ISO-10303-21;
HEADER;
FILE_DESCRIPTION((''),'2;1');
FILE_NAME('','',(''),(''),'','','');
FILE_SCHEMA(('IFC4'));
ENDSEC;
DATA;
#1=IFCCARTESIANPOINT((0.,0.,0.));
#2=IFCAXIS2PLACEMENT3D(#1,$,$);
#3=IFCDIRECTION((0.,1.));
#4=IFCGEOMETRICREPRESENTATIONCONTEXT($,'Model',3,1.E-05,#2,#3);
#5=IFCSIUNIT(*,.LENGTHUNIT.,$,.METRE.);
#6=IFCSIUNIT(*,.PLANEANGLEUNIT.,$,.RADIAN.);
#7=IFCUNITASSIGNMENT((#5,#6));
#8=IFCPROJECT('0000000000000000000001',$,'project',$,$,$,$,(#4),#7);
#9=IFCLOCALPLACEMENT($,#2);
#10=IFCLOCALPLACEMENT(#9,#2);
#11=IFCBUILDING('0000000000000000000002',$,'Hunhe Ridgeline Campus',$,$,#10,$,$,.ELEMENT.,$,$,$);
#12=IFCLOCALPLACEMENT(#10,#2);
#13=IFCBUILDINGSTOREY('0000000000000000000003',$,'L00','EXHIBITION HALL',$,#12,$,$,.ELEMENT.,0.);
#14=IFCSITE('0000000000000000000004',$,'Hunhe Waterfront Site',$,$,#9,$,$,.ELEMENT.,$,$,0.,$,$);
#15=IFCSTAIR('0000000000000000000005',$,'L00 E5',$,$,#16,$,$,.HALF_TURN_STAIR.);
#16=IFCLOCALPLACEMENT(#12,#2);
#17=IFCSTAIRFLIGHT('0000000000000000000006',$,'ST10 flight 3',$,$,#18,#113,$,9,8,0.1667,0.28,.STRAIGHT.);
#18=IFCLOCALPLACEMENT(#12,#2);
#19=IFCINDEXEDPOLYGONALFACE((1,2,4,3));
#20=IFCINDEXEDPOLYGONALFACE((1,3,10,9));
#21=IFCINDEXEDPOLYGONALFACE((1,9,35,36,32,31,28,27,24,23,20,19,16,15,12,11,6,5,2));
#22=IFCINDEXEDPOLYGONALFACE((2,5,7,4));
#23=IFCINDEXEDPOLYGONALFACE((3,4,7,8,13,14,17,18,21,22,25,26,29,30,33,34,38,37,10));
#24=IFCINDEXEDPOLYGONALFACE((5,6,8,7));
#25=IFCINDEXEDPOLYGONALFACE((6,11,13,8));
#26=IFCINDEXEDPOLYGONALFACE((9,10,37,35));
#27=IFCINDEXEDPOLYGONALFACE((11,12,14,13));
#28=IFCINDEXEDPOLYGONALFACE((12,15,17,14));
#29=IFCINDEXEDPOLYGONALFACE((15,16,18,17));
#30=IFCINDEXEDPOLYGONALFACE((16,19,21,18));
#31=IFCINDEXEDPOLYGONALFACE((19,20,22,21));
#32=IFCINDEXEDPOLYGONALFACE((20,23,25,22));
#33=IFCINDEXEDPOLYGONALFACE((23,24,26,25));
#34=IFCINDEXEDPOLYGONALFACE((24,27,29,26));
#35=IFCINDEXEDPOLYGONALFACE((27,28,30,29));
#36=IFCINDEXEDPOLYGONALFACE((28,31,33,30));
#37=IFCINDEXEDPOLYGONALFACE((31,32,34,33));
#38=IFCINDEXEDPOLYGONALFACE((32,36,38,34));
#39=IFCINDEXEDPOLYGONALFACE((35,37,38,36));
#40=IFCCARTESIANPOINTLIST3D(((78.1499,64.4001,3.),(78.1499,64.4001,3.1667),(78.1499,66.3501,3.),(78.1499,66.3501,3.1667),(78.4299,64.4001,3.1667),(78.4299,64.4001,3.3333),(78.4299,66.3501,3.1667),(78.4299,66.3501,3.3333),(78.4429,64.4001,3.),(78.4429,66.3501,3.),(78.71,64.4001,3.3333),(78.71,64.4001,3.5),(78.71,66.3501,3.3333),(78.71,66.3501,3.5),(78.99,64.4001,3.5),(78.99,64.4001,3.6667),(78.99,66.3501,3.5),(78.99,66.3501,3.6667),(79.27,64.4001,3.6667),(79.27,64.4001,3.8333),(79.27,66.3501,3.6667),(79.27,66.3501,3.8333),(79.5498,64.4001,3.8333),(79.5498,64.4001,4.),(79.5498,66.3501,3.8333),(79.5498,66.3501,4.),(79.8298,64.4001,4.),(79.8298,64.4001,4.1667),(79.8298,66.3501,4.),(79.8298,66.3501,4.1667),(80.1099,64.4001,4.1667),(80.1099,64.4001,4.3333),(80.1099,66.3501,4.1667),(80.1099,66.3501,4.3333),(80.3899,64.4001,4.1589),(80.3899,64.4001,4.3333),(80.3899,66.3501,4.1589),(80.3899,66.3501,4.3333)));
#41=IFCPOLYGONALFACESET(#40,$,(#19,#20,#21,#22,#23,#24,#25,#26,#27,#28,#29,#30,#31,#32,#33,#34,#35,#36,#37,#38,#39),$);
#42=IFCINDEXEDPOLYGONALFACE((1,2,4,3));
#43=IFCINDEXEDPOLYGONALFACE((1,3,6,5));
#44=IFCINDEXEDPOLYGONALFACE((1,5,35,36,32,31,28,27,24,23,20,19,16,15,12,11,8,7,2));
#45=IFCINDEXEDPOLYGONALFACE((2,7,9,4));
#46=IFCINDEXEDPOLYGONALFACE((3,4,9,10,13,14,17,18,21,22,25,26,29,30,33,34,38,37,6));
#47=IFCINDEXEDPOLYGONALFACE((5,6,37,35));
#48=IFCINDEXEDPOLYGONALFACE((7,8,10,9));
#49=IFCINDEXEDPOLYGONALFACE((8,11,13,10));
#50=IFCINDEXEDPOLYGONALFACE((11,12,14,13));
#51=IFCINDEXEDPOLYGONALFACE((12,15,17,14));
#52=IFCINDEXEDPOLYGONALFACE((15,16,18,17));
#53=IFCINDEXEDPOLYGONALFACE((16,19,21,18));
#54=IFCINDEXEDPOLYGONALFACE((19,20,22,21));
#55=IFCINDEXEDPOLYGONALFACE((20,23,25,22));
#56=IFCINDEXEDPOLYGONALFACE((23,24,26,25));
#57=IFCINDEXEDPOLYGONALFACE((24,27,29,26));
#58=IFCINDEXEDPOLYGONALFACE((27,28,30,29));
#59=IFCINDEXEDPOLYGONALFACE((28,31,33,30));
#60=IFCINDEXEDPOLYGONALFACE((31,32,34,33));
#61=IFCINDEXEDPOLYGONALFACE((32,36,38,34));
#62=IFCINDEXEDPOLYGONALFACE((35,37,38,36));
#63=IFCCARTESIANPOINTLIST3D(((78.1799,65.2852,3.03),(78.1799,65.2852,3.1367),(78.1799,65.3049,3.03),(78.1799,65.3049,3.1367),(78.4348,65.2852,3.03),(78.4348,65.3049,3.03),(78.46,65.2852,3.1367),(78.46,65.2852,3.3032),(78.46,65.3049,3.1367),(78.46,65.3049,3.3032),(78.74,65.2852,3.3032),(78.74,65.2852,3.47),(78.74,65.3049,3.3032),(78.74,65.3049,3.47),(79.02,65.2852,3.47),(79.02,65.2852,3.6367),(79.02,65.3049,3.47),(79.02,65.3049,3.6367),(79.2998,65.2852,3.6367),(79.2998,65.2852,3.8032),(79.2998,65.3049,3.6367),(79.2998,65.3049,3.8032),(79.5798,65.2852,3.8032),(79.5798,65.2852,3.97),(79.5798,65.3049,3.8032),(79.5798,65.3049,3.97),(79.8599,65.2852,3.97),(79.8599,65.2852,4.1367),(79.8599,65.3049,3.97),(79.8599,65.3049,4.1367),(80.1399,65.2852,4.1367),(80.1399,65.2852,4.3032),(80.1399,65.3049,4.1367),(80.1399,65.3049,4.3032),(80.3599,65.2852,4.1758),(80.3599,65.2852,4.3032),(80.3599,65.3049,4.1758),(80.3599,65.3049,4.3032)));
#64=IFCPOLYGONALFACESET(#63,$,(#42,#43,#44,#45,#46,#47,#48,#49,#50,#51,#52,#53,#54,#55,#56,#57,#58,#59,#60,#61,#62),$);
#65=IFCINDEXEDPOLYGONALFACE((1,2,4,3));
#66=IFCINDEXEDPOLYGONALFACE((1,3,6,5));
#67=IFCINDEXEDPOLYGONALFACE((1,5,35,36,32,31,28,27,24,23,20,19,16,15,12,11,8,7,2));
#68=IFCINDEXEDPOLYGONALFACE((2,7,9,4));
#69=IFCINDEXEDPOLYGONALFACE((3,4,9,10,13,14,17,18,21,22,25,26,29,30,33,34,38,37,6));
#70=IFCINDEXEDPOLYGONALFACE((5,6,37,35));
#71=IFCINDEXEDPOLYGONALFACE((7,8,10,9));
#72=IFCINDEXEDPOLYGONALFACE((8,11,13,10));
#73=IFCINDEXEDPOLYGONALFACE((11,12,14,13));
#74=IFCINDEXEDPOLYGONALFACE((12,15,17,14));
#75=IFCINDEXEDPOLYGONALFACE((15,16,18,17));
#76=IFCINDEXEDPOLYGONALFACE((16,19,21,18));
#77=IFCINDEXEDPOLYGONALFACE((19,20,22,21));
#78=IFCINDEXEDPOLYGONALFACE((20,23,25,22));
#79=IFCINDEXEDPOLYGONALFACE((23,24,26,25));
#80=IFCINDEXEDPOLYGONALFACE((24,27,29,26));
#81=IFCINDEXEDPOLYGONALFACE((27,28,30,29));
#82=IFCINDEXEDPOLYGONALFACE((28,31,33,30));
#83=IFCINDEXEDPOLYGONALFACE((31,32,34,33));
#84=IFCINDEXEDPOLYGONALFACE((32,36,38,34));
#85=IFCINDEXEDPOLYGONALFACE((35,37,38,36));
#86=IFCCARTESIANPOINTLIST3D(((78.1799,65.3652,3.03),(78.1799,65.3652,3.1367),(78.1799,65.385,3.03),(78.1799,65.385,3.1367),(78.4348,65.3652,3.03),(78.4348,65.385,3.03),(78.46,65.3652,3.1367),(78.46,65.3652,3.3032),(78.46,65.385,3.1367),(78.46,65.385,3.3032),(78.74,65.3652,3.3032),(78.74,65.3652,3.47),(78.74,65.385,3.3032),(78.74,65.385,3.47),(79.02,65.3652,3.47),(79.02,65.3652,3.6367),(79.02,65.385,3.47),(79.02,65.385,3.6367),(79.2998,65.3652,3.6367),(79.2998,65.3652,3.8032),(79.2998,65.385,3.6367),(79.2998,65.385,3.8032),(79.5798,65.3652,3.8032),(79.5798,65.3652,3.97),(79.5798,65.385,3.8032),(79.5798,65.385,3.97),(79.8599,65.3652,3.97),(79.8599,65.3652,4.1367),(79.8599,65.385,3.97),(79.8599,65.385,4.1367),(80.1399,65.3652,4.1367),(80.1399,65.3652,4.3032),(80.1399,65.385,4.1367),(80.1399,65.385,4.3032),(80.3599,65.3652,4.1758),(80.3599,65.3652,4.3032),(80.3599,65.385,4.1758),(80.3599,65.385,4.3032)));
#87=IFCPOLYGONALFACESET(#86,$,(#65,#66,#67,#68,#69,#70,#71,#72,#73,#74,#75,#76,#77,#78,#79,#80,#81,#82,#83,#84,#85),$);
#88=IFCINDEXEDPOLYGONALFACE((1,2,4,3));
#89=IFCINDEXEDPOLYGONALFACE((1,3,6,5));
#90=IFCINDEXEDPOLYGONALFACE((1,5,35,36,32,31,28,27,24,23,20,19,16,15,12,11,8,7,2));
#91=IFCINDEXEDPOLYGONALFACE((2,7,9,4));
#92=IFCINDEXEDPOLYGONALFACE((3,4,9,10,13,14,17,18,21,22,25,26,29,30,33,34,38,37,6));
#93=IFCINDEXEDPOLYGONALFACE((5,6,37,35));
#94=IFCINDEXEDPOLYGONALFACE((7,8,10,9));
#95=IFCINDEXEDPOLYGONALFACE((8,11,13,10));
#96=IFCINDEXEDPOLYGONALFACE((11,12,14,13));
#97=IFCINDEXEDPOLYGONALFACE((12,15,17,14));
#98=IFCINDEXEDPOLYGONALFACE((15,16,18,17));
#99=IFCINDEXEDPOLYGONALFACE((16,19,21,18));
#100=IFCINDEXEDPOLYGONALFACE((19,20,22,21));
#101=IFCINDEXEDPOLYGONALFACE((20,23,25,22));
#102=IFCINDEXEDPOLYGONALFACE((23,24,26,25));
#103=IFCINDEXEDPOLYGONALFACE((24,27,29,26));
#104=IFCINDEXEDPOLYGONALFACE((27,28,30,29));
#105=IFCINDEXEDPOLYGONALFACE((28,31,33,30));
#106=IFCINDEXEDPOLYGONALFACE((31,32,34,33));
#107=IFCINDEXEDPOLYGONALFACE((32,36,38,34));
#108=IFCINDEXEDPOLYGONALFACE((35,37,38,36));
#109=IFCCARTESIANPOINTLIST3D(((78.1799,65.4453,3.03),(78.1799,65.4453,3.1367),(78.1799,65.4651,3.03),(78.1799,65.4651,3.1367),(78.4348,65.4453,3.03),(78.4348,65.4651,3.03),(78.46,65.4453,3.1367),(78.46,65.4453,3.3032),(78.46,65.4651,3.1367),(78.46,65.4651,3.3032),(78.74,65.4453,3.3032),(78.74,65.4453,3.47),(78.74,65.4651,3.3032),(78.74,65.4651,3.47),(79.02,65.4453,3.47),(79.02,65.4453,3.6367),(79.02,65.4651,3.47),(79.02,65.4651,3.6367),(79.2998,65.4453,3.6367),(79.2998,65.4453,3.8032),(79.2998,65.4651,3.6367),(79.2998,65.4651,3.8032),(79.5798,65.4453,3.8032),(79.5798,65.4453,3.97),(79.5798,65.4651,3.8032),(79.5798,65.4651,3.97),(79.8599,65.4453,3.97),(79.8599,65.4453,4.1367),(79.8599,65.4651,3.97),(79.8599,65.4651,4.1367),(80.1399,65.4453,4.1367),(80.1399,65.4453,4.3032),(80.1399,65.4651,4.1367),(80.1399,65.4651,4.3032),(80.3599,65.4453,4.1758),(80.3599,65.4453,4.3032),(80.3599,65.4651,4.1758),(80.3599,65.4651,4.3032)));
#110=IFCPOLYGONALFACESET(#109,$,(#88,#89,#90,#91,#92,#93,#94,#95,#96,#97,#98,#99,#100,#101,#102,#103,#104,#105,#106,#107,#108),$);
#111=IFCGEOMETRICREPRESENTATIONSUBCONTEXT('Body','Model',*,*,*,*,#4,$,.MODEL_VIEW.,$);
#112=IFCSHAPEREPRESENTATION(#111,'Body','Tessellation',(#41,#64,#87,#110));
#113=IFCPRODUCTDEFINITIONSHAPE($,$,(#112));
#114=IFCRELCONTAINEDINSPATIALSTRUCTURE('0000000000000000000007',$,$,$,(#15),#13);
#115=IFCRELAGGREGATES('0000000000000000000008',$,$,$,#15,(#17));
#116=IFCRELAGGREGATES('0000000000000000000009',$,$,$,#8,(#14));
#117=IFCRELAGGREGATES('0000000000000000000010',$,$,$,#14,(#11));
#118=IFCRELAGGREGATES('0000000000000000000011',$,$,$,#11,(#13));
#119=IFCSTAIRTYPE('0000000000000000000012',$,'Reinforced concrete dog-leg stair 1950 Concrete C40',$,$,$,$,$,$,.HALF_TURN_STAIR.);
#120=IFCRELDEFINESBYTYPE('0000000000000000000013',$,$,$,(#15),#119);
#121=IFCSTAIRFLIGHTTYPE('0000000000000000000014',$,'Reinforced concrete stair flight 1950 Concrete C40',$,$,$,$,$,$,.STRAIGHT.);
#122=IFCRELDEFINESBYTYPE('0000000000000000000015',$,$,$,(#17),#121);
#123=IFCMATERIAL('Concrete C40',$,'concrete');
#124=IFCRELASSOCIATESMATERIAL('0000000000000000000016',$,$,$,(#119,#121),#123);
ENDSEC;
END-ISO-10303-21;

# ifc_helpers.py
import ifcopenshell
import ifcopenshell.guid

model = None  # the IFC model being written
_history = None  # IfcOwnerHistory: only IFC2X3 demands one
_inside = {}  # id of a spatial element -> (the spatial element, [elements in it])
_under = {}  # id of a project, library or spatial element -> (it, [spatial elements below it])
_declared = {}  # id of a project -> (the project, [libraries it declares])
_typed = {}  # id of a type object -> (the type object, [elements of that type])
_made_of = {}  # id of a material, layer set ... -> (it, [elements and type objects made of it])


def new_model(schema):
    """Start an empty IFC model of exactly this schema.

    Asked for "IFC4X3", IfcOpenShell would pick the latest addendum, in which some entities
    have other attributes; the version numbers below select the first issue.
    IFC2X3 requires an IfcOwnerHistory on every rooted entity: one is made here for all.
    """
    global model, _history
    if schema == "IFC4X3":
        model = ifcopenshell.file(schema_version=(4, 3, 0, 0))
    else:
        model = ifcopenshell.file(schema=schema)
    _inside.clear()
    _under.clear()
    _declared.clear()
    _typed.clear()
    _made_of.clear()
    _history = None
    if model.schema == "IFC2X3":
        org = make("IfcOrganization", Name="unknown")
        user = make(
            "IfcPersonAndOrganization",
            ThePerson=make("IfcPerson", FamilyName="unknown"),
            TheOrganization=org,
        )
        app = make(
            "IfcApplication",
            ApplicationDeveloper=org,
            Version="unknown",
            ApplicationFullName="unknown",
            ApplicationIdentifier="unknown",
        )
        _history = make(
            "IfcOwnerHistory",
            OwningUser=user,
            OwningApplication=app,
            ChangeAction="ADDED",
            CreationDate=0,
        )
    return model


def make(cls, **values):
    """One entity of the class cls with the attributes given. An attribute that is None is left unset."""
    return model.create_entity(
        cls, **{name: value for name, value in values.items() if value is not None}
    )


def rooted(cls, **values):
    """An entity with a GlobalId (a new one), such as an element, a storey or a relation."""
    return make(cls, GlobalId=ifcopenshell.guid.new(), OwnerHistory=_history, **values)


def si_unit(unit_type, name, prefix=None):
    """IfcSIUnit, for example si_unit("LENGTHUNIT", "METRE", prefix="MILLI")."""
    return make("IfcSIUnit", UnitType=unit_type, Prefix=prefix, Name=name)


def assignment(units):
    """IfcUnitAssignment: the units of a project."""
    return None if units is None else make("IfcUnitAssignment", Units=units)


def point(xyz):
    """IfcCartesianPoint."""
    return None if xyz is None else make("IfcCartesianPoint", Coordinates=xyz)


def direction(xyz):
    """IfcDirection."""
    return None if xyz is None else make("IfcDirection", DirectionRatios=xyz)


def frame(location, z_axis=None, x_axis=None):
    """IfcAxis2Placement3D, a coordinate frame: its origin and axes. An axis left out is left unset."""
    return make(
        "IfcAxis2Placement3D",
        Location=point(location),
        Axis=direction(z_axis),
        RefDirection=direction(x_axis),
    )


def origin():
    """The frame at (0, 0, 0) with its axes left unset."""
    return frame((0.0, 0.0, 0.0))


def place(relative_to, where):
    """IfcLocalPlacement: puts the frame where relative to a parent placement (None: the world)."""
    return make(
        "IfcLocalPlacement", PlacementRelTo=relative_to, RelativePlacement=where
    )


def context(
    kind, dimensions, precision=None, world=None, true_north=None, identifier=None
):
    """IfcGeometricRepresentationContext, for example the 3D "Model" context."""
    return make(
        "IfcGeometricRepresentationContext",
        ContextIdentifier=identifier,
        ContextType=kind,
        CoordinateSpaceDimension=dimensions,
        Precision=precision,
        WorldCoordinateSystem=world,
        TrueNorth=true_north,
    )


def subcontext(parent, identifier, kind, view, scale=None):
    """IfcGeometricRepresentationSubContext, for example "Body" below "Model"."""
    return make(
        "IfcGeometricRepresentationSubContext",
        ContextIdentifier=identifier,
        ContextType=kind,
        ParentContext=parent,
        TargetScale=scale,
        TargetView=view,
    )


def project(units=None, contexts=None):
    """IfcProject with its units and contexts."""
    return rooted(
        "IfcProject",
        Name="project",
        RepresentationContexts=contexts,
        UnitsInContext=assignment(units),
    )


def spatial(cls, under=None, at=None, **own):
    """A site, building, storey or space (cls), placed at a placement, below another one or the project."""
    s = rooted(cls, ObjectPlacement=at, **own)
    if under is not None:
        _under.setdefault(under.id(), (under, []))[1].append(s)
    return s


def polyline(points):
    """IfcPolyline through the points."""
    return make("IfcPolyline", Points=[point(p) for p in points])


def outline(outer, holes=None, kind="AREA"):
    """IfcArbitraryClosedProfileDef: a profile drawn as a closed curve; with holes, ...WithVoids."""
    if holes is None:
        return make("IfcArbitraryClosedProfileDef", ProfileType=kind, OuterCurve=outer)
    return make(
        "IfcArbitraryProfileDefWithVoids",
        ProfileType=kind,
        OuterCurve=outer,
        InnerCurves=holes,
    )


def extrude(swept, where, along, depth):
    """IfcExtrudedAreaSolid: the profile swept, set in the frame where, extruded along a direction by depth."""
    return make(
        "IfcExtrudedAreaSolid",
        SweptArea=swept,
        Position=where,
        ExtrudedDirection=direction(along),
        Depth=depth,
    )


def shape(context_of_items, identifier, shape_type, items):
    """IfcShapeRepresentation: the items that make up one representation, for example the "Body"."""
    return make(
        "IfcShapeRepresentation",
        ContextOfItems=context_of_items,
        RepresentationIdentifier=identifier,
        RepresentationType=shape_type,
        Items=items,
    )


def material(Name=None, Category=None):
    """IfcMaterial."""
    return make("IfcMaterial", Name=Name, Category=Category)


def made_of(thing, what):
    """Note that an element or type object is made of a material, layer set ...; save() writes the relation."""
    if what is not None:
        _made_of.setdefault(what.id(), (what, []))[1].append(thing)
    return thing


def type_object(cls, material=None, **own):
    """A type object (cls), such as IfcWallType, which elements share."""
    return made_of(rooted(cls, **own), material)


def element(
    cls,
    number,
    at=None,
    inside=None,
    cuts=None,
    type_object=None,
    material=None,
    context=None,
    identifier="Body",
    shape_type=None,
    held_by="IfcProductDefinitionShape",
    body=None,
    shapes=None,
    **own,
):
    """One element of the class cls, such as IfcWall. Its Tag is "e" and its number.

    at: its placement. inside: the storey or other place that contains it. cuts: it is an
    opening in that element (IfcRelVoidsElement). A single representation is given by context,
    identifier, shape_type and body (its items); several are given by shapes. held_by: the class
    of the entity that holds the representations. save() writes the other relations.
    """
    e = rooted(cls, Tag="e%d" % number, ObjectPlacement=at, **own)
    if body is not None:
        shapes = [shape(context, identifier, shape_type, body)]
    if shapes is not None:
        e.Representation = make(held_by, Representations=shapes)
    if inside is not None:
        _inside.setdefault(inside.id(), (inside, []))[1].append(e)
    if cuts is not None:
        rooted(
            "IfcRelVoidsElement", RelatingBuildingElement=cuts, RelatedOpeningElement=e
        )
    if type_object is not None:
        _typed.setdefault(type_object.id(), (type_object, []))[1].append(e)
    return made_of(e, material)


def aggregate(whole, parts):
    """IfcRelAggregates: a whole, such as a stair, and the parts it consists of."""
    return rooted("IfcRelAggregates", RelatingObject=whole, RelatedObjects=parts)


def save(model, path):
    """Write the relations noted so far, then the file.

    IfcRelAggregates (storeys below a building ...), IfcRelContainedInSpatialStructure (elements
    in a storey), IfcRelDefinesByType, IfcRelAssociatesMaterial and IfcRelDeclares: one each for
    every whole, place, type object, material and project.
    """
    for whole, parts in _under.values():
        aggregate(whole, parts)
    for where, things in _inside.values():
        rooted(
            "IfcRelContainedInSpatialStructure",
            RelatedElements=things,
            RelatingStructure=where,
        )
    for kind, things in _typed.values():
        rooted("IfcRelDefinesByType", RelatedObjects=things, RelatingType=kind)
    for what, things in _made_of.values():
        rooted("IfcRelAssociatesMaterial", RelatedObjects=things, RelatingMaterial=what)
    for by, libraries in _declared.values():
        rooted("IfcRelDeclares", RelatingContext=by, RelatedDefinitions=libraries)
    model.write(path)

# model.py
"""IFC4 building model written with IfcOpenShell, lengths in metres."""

from ifc_helpers import new_model, si_unit, direction, frame, origin, place, context, subcontext, project, spatial, polyline, outline, extrude, material, type_object, element, aggregate, save


model = new_model("IFC4")

# Units and contexts
model_context = context("Model", 3, precision=1e-05, world=origin(), true_north=direction((0.0, 1.0)))
body_context = subcontext(model_context, "Body", "Model", "MODEL_VIEW")
ifc_project = project(units=[si_unit("LENGTHUNIT", "METRE"), si_unit("PLANEANGLEUNIT", "RADIAN")], contexts=[model_context])

# Site, building, storey
site_placement = place(None, origin())
site = spatial("IfcSite", under=ifc_project, at=site_placement, Name="Hunhe Waterfront Site", CompositionType="ELEMENT", RefElevation=0.0)
building_placement = place(site_placement, origin())
building = spatial("IfcBuilding", under=site, at=building_placement, Name="Hunhe Ridgeline Campus", CompositionType="ELEMENT")
storey_placement = place(building_placement, origin())
storey = spatial("IfcBuildingStorey", under=building, at=storey_placement, Name="L00", Description="EXHIBITION HALL", CompositionType="ELEMENT", Elevation=0.0)

# Stair, stair flight
ifc_material_1 = material(Name="Concrete C40", Category="concrete")
stair_type = type_object("IfcStairType", Name="Reinforced concrete dog-leg stair 1950 Concrete C40", PredefinedType="HALF_TURN_STAIR", material=ifc_material_1)
stair_placement = place(storey_placement, origin())
stair = element("IfcStair", 1, at=stair_placement, inside=storey, type_object=stair_type, Name="L00 E5", PredefinedType="HALF_TURN_STAIR")
stair_flight_type = type_object("IfcStairFlightType", Name="Reinforced concrete stair flight 1950 Concrete C40", PredefinedType="STRAIGHT", material=ifc_material_1)
stair_flight_1_placement = place(storey_placement, frame((78.1499, 65.375, 3.0), z_axis=(0.0, 0.0, 1.0), x_axis=(1.0, 0.0, 0.0)))
stair_flight_1 = element("IfcStairFlight", 2, at=stair_flight_1_placement, type_object=stair_flight_type, Name="ST10 flight 3", NumberOfRisers=9, NumberOfTreads=8, PredefinedType="STRAIGHT", RiserHeight=0.1667, TreadLength=0.28, context=body_context, shape_type="SweptSolid", body=[
    extrude(outline(polyline([(0.0, 0.0), (0.0, 0.1667), (0.28, 0.1667), (0.28, 0.3333), (0.5601, 0.3333), (0.5601, 0.5), (0.8401, 0.5), (0.8401, 0.6667), (1.1201, 0.6667), (1.1201, 0.8333), (1.3999, 0.8333), (1.3999, 1.0), (1.6799, 1.0), (1.6799, 1.1667), (1.96, 1.1667), (1.96, 1.3333), (2.24, 1.3333), (2.24, 1.5), (2.24, 1.1589), (0.293, 0.0), (0.0, 0.0)])), frame((0.0, 0.9751, 0.0), z_axis=(0.0, -1.0, 0.0), x_axis=(1.0, 0.0, 0.0)), (0.0, 0.0, 1.0), 1.95),
    extrude(outline(polyline([(0.03, 0.03), (0.03, 0.1367), (0.3101, 0.1367), (0.3101, 0.3032), (0.5901, 0.3032), (0.5901, 0.47), (0.8701, 0.47), (0.8701, 0.6367), (1.1499, 0.6367), (1.1499, 0.8032), (1.4299, 0.8032), (1.4299, 0.97), (1.71, 0.97), (1.71, 1.1367), (1.99, 1.1367), (1.99, 1.3032), (2.21, 1.3032), (2.21, 1.1758), (0.2849, 0.03), (0.03, 0.03)])), frame((0.0, -0.0701, 0.0), z_axis=(0.0, -1.0, 0.0), x_axis=(1.0, 0.0, 0.0)), (0.0, 0.0, 1.0), 0.0198),
    extrude(outline(polyline([(0.03, 0.03), (0.03, 0.1367), (0.3101, 0.1367), (0.3101, 0.3032), (0.5901, 0.3032), (0.5901, 0.47), (0.8701, 0.47), (0.8701, 0.6367), (1.1499, 0.6367), (1.1499, 0.8032), (1.4299, 0.8032), (1.4299, 0.97), (1.71, 0.97), (1.71, 1.1367), (1.99, 1.1367), (1.99, 1.3032), (2.21, 1.3032), (2.21, 1.1758), (0.2849, 0.03), (0.03, 0.03)])), frame((0.0, 0.01, 0.0), z_axis=(0.0, -1.0, 0.0), x_axis=(1.0, 0.0, 0.0)), (0.0, 0.0, 1.0), 0.0198),
    extrude(outline(polyline([(0.03, 0.03), (0.03, 0.1367), (0.3101, 0.1367), (0.3101, 0.3032), (0.5901, 0.3032), (0.5901, 0.47), (0.8701, 0.47), (0.8701, 0.6367), (1.1499, 0.6367), (1.1499, 0.8032), (1.4299, 0.8032), (1.4299, 0.97), (1.71, 0.97), (1.71, 1.1367), (1.99, 1.1367), (1.99, 1.3032), (2.21, 1.3032), (2.21, 1.1758), (0.2849, 0.03), (0.03, 0.03)])), frame((0.0, 0.0901, 0.0), z_axis=(0.0, -1.0, 0.0), x_axis=(1.0, 0.0, 0.0)), (0.0, 0.0, 1.0), 0.0198),
])
aggregate(stair, [stair_flight_1])

save(model, "model.ifc")
